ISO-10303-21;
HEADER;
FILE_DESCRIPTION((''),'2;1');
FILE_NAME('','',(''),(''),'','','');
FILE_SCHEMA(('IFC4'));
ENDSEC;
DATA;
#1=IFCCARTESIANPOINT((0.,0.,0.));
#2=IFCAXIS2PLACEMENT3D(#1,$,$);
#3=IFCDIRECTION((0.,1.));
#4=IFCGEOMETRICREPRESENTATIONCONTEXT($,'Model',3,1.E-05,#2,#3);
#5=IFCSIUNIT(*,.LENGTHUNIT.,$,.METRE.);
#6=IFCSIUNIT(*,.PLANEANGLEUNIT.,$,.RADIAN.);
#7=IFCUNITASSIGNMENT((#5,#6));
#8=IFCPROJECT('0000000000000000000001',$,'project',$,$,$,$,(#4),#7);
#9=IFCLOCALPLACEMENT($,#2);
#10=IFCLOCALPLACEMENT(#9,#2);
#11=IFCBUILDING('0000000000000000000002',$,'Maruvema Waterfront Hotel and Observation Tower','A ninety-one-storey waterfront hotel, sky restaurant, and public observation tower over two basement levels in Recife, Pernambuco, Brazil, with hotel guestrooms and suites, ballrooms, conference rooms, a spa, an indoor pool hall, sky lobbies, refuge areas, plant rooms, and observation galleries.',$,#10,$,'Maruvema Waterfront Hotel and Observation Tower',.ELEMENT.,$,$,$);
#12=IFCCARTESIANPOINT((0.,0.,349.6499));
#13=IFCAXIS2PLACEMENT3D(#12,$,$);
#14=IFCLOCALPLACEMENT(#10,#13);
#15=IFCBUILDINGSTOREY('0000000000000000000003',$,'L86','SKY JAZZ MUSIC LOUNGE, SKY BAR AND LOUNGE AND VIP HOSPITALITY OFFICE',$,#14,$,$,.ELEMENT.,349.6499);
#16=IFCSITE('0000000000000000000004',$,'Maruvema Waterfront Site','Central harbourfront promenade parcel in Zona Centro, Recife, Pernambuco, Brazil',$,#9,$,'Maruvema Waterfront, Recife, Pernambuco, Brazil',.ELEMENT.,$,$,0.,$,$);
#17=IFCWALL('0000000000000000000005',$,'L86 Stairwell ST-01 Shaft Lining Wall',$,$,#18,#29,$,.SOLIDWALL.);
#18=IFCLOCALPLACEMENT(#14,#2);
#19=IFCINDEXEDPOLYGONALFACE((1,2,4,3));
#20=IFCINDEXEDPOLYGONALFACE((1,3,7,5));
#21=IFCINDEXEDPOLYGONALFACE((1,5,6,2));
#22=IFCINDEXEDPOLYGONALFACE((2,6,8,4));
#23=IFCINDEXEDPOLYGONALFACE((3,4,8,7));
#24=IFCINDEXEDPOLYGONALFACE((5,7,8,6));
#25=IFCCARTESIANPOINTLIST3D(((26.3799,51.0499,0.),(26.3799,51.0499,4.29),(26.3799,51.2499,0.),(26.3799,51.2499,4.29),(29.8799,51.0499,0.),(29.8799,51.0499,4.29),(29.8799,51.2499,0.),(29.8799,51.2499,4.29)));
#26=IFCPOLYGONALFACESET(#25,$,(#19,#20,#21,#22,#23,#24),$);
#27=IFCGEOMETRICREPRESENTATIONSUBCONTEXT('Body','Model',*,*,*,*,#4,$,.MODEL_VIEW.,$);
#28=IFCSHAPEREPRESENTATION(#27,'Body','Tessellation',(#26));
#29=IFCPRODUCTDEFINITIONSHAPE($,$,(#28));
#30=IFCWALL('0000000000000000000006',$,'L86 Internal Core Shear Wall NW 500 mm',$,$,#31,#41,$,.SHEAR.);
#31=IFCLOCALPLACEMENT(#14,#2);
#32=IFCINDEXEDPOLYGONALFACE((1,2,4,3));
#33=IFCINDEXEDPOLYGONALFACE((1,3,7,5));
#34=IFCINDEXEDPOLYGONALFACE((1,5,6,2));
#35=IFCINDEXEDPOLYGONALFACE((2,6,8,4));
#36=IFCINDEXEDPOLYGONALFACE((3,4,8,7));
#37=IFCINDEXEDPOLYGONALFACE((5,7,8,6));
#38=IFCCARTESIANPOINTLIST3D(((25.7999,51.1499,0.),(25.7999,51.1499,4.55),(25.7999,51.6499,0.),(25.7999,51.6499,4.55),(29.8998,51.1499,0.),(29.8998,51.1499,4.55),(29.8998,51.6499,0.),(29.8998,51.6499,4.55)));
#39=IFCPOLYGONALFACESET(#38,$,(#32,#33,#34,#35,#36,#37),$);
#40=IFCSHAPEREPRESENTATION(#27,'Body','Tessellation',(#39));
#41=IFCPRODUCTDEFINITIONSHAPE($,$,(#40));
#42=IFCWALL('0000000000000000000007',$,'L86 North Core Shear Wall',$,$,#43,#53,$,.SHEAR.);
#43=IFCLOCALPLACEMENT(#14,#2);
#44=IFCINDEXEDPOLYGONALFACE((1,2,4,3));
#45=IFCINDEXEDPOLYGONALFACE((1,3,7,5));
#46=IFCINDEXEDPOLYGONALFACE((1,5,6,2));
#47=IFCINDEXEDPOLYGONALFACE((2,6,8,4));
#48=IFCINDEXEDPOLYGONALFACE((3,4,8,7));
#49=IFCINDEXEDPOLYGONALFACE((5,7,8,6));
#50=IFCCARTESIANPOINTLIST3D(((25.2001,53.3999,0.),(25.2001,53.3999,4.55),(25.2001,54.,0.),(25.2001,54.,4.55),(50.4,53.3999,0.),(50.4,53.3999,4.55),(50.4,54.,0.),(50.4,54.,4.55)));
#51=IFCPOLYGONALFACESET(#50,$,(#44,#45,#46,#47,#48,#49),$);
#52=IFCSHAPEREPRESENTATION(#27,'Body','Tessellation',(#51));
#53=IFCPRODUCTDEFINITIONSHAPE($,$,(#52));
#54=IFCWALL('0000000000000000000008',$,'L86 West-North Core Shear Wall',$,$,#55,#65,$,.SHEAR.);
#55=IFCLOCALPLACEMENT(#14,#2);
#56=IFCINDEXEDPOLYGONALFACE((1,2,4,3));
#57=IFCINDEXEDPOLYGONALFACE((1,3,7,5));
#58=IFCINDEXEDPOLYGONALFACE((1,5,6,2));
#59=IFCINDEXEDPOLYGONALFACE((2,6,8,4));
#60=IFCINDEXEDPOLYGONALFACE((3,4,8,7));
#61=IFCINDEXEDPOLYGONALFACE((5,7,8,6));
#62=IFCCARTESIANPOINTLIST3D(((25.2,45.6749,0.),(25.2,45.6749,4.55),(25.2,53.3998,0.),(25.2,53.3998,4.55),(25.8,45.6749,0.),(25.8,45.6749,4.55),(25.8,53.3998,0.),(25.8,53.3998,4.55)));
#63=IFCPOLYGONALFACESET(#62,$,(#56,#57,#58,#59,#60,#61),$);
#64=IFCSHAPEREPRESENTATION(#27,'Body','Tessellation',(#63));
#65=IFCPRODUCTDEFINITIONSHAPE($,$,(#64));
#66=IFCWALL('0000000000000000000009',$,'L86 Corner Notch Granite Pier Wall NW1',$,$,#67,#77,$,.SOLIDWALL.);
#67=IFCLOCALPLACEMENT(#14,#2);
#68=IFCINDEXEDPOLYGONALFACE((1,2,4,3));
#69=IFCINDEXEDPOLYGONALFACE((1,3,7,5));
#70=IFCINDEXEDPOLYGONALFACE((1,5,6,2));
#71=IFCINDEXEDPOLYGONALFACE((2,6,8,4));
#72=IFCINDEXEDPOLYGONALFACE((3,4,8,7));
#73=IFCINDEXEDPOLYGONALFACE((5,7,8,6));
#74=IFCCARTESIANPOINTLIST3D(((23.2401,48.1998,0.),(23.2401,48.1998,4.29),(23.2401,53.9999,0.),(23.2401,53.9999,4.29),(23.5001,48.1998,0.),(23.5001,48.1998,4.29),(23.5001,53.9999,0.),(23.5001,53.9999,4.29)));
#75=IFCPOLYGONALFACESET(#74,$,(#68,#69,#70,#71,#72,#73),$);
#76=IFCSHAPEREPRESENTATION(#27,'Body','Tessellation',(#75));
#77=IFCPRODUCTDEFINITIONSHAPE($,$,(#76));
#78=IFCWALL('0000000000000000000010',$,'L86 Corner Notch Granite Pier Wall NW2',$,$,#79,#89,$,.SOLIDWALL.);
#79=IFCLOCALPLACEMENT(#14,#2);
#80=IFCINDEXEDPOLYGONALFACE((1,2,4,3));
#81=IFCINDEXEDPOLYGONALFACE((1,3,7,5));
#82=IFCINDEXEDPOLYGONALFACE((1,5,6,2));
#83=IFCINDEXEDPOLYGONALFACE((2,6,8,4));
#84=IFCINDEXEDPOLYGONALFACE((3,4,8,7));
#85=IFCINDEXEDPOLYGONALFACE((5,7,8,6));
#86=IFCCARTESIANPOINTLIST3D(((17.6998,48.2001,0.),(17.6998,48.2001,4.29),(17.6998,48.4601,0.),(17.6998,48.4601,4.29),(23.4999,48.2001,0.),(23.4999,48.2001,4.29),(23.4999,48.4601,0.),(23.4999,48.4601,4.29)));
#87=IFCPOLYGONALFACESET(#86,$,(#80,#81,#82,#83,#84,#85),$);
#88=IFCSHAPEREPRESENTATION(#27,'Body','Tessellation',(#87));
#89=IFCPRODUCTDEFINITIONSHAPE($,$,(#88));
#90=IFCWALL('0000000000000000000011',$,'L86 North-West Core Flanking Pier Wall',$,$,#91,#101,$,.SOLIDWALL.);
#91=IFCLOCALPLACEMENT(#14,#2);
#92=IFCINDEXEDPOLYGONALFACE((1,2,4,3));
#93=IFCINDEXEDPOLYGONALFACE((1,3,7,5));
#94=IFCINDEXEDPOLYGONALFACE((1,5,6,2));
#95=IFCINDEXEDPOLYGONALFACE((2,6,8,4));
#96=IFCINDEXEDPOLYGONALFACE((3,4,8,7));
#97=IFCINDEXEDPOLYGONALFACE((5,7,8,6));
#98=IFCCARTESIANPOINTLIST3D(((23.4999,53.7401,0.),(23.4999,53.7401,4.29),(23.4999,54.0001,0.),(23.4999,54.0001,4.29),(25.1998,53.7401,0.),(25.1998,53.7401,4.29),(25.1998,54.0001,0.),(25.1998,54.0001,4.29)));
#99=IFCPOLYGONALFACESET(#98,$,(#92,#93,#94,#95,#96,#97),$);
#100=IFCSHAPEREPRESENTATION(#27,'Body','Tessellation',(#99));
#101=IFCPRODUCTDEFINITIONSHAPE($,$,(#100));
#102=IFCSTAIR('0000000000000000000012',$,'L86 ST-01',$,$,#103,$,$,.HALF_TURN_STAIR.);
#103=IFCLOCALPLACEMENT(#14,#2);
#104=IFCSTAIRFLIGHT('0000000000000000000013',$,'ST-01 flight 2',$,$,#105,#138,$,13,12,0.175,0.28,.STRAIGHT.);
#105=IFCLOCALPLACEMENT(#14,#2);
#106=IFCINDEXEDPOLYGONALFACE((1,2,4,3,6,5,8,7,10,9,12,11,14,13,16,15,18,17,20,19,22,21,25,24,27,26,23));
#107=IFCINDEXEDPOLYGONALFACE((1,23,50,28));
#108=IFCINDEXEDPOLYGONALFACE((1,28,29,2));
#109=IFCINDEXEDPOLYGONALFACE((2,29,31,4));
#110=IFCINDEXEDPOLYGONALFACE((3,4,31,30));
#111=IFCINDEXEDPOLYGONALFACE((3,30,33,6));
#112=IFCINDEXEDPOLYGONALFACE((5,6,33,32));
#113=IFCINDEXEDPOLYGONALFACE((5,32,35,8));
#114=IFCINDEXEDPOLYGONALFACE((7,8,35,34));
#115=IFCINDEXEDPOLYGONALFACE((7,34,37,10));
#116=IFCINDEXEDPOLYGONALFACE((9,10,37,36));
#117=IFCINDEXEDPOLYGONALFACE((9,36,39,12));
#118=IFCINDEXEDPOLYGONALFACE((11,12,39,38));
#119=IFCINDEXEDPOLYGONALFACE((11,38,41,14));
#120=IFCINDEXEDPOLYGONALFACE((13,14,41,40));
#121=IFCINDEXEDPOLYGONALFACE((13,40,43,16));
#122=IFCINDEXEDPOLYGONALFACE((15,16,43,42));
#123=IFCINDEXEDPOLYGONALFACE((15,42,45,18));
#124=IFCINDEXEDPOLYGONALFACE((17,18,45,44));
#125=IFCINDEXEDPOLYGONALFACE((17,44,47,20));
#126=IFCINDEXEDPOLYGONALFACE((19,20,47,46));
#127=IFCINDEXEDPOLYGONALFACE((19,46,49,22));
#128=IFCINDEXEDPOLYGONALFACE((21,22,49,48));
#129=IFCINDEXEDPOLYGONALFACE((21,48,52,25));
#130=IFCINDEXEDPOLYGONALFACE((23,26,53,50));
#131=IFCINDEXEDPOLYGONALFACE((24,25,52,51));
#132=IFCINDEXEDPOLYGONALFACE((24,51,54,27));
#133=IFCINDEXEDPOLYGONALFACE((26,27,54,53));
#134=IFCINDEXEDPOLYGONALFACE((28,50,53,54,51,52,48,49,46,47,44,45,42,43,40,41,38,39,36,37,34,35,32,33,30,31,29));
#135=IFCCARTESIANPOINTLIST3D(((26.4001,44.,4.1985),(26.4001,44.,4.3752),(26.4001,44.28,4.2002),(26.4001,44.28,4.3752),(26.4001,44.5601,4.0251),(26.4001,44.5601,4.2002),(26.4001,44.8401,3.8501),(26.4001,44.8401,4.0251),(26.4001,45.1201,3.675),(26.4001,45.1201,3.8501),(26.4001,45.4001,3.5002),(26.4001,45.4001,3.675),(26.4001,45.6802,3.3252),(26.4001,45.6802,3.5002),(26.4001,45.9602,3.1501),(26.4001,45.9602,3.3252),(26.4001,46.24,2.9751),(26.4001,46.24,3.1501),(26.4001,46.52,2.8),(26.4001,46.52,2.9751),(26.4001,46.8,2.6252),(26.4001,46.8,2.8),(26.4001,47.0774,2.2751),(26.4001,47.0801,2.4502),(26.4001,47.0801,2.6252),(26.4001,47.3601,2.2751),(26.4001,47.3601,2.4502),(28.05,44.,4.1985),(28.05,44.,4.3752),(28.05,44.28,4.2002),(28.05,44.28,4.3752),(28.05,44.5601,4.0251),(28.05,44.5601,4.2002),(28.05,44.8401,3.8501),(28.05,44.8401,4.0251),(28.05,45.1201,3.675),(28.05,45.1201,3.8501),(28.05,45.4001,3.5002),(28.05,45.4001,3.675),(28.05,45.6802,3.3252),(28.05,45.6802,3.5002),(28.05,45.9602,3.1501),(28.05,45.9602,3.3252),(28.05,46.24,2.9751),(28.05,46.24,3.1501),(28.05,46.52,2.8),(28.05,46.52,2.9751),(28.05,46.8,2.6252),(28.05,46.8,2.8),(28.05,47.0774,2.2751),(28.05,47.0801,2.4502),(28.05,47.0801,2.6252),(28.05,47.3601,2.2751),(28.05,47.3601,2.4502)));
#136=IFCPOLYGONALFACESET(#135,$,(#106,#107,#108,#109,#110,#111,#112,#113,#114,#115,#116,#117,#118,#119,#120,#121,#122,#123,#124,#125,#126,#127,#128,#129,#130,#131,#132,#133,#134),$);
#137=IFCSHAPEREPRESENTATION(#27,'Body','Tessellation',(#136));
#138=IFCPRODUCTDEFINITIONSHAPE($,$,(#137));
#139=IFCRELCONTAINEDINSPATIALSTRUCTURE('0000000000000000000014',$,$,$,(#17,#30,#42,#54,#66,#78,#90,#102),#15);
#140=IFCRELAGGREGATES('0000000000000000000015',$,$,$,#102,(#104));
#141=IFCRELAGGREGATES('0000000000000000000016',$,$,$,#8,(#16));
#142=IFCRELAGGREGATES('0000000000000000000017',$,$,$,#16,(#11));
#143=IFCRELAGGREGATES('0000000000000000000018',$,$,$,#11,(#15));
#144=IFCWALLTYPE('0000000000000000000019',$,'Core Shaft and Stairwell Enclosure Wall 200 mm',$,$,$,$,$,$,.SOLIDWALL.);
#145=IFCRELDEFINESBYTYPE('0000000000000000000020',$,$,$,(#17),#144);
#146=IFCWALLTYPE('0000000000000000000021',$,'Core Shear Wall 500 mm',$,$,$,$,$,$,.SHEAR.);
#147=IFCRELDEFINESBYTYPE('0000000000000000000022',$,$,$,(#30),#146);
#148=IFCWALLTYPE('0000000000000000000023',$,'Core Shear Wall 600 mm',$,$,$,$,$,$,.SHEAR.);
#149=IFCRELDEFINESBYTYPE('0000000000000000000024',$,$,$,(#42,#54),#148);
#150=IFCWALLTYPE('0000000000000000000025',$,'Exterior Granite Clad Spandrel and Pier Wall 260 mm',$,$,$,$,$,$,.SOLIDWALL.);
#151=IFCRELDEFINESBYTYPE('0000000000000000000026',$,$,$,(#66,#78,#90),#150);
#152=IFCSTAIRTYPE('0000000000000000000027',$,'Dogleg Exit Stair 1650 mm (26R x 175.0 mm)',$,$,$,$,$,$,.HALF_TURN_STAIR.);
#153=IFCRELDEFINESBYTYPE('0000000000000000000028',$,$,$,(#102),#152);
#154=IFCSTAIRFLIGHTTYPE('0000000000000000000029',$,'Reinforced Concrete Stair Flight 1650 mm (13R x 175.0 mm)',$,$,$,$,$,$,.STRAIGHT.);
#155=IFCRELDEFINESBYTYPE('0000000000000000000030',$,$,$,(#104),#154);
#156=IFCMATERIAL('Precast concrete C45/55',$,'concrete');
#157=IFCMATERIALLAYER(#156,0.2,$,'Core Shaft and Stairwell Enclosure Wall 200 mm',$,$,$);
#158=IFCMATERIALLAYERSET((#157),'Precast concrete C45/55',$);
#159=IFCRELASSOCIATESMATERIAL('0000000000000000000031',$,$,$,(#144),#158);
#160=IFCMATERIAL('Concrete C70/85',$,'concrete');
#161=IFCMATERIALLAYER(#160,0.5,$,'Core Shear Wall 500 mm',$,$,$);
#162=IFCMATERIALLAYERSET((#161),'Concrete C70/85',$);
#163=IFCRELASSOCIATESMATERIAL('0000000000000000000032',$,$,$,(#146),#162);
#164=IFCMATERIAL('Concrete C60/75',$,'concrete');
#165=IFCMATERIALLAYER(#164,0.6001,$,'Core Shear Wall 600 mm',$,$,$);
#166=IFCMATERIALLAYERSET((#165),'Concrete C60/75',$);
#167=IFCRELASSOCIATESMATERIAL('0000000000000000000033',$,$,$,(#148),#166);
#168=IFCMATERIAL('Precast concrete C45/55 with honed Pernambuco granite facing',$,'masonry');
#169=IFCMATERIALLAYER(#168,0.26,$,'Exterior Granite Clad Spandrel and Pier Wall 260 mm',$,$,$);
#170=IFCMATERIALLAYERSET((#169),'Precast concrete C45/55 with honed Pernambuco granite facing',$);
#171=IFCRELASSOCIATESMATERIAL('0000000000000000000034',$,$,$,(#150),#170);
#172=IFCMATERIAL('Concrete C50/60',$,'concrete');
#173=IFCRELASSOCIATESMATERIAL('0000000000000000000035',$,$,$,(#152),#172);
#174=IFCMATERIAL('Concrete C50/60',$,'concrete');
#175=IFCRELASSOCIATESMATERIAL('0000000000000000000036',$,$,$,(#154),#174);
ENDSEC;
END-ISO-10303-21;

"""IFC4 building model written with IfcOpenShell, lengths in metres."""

from ifc_helpers import new_model, si_unit, direction, frame, frame_2d, origin, place, context, subcontext, project, spatial, polyline, rectangle, outline, extrude, material, layer, layer_set, type_object, element, aggregate, save


model = new_model("IFC4")

# Units and contexts
model_context = context("Model", 3, precision=1e-05, world=origin(), true_north=direction((0.0, 1.0)))
body_context = subcontext(model_context, "Body", "Model", "MODEL_VIEW")
ifc_project = project(units=[si_unit("LENGTHUNIT", "METRE"), si_unit("PLANEANGLEUNIT", "RADIAN")], contexts=[model_context])

# Site, building, storey
site_placement = place(None, origin())
site = spatial("IfcSite", under=ifc_project, at=site_placement, Name="Maruvema Waterfront Site", Description="Central harbourfront promenade parcel in Zona Centro, Recife, Pernambuco, Brazil", LongName="Maruvema Waterfront, Recife, Pernambuco, Brazil", CompositionType="ELEMENT", RefElevation=0.0)
building_placement = place(site_placement, origin())
building = spatial("IfcBuilding", under=site, at=building_placement, Name="Maruvema Waterfront Hotel and Observation Tower", Description="A ninety-one-storey waterfront hotel, sky restaurant, and public observation tower over two basement levels in Recife, Pernambuco, Brazil, with hotel guestrooms and suites, ballrooms, conference rooms, a spa, an indoor pool hall, sky lobbies, refuge areas, plant rooms, and observation galleries.", LongName="Maruvema Waterfront Hotel and Observation Tower", CompositionType="ELEMENT")
storey_placement = place(building_placement, frame((0.0, 0.0, 349.6499)))
storey = spatial("IfcBuildingStorey", under=building, at=storey_placement, Name="L86", Description="SKY JAZZ MUSIC LOUNGE, SKY BAR AND LOUNGE AND VIP HOSPITALITY OFFICE", CompositionType="ELEMENT", Elevation=349.6499)

# Walls
ifc_material_1 = material(Name="Precast concrete C45/55", Category="concrete")
ifc_layer_1 = layer(ifc_material_1, 0.2, Name="Core Shaft and Stairwell Enclosure Wall 200 mm")
ifc_layer_set_1 = layer_set([ifc_layer_1], Name="Precast concrete C45/55")
wall_type_1 = type_object("IfcWallType", Name="Core Shaft and Stairwell Enclosure Wall 200 mm", PredefinedType="SOLIDWALL", material=ifc_layer_set_1)
wall_1_placement = place(storey_placement, frame((26.3799, 51.1499, 0.0), z_axis=(0.0, 0.0, 1.0), x_axis=(1.0, 0.0, 0.0)))
element("IfcWall", 1, at=wall_1_placement, inside=storey, type_object=wall_type_1, Name="L86 Stairwell ST-01 Shaft Lining Wall", PredefinedType="SOLIDWALL", context=body_context, shape_type="SweptSolid", body=[
    extrude(rectangle(XDim=3.5, YDim=0.2, at=frame_2d((1.75, 0.0))), origin(), (0.0, 0.0, 1.0), 4.29),
])
ifc_material_2 = material(Name="Concrete C70/85", Category="concrete")
ifc_layer_2 = layer(ifc_material_2, 0.5, Name="Core Shear Wall 500 mm")
ifc_layer_set_2 = layer_set([ifc_layer_2], Name="Concrete C70/85")
wall_type_2 = type_object("IfcWallType", Name="Core Shear Wall 500 mm", PredefinedType="SHEAR", material=ifc_layer_set_2)
wall_2_placement = place(storey_placement, frame((25.8, 51.3999, 0.0), z_axis=(0.0, 0.0, 1.0), x_axis=(1.0, 0.0, 0.0)))
element("IfcWall", 2, at=wall_2_placement, inside=storey, type_object=wall_type_2, Name="L86 Internal Core Shear Wall NW 500 mm", PredefinedType="SHEAR", context=body_context, shape_type="SweptSolid", body=[
    extrude(rectangle(XDim=4.0999, YDim=0.5, at=frame_2d((2.0498, 0.0))), origin(), (0.0, 0.0, 1.0), 4.55),
])
ifc_material_3 = material(Name="Concrete C60/75", Category="concrete")
ifc_layer_3 = layer(ifc_material_3, 0.6001, Name="Core Shear Wall 600 mm")
ifc_layer_set_3 = layer_set([ifc_layer_3], Name="Concrete C60/75")
wall_type_3 = type_object("IfcWallType", Name="Core Shear Wall 600 mm", PredefinedType="SHEAR", material=ifc_layer_set_3)
wall_3_placement = place(storey_placement, frame((25.2, 53.7, 0.0), z_axis=(0.0, 0.0, 1.0), x_axis=(1.0, 0.0, 0.0)))
element("IfcWall", 3, at=wall_3_placement, inside=storey, type_object=wall_type_3, Name="L86 North Core Shear Wall", PredefinedType="SHEAR", context=body_context, shape_type="SweptSolid", body=[
    extrude(rectangle(XDim=25.2, YDim=0.6001, at=frame_2d((12.6001, 0.0))), origin(), (0.0, 0.0, 1.0), 4.55),
])
wall_4_placement = place(storey_placement, frame((25.5, 45.675, 0.0), z_axis=(0.0, 0.0, 1.0), x_axis=(0.0, 1.0, 0.0)))
element("IfcWall", 4, at=wall_4_placement, inside=storey, type_object=wall_type_3, Name="L86 West-North Core Shear Wall", PredefinedType="SHEAR", context=body_context, shape_type="SweptSolid", body=[
    extrude(rectangle(XDim=7.7249, YDim=0.6001, at=frame_2d((3.8623, 0.0))), origin(), (0.0, 0.0, 1.0), 4.55),
])
ifc_material_4 = material(Name="Precast concrete C45/55 with honed Pernambuco granite facing", Category="masonry")
ifc_layer_4 = layer(ifc_material_4, 0.26, Name="Exterior Granite Clad Spandrel and Pier Wall 260 mm")
ifc_layer_set_4 = layer_set([ifc_layer_4], Name="Precast concrete C45/55 with honed Pernambuco granite facing")
wall_type_4 = type_object("IfcWallType", Name="Exterior Granite Clad Spandrel and Pier Wall 260 mm", PredefinedType="SOLIDWALL", material=ifc_layer_set_4)
for number, where, z_axis, x_axis, name in (
    (5, (23.3701, 48.2, 0.0), (0.0, 0.0, 1.0), (0.0, 1.0, 0.0), "L86 Corner Notch Granite Pier Wall NW1"),
    (6, (17.7, 48.3301, 0.0), (0.0, 0.0, 1.0), (1.0, 0.0, 0.0), "L86 Corner Notch Granite Pier Wall NW2"),
):
    element("IfcWall", number, at=place(storey_placement, frame(where, z_axis=z_axis, x_axis=x_axis)), inside=storey, type_object=wall_type_4, Name=name, PredefinedType="SOLIDWALL", context=body_context, shape_type="SweptSolid", body=[
        extrude(rectangle(XDim=5.8, YDim=0.26, at=frame_2d((2.8999, 0.0))), origin(), (0.0, 0.0, 1.0), 4.29),
    ])
wall_5_placement = place(storey_placement, frame((25.2, 53.8701, 0.0), z_axis=(0.0, 0.0, 1.0), x_axis=(-1.0, 0.0, 0.0)))
element("IfcWall", 7, at=wall_5_placement, inside=storey, type_object=wall_type_4, Name="L86 North-West Core Flanking Pier Wall", PredefinedType="SOLIDWALL", context=body_context, shape_type="SweptSolid", body=[
    extrude(rectangle(XDim=1.7, YDim=0.26, at=frame_2d((0.8501, 0.0))), origin(), (0.0, 0.0, 1.0), 4.29),
])

# Stair, stair flight
ifc_material_5 = material(Name="Concrete C50/60", Category="concrete")
stair_type = type_object("IfcStairType", Name="Dogleg Exit Stair 1650 mm (26R x 175.0 mm)", PredefinedType="HALF_TURN_STAIR", material=ifc_material_5)
stair_placement = place(storey_placement, origin())
stair = element("IfcStair", 8, at=stair_placement, inside=storey, type_object=stair_type, Name="L86 ST-01", PredefinedType="HALF_TURN_STAIR")
ifc_material_6 = material(Name="Concrete C50/60", Category="concrete")
stair_flight_type = type_object("IfcStairFlightType", Name="Reinforced Concrete Stair Flight 1650 mm (13R x 175.0 mm)", PredefinedType="STRAIGHT", material=ifc_material_6)
stair_flight_placement = place(storey_placement, frame((27.2251, 47.3601, 2.2751), z_axis=(0.0, 0.0, 1.0), x_axis=(0.0, -1.0, 0.0)))
stair_flight = element("IfcStairFlight", 9, at=stair_flight_placement, type_object=stair_flight_type, Name="ST-01 flight 2", NumberOfRisers=13, NumberOfTreads=12, PredefinedType="STRAIGHT", RiserHeight=0.175, TreadLength=0.28, context=body_context, shape_type="SweptSolid", body=[
    extrude(outline(polyline([(0.0, 0.0), (0.0, 0.175), (0.28, 0.175), (0.28, 0.3501), (0.5601, 0.3501), (0.5601, 0.5249), (0.8401, 0.5249), (0.8401, 0.7), (1.1201, 0.7), (1.1201, 0.875), (1.3999, 0.875), (1.3999, 1.05), (1.6799, 1.05), (1.6799, 1.2251), (1.96, 1.2251), (1.96, 1.3999), (2.24, 1.3999), (2.24, 1.575), (2.52, 1.575), (2.52, 1.75), (2.8, 1.75), (2.8, 1.925), (3.0801, 1.925), (3.0801, 2.1001), (3.3601, 2.1001), (3.3601, 2.2749), (3.3601, 1.9233), (0.2827, 0.0), (0.0, 0.0)])), frame((0.0, 0.825, 0.0), z_axis=(0.0, -1.0, 0.0), x_axis=(1.0, 0.0, 0.0)), (0.0, 0.0, 1.0), 1.6499),
])
aggregate(stair, [stair_flight])

save(model, "model.ifc")
